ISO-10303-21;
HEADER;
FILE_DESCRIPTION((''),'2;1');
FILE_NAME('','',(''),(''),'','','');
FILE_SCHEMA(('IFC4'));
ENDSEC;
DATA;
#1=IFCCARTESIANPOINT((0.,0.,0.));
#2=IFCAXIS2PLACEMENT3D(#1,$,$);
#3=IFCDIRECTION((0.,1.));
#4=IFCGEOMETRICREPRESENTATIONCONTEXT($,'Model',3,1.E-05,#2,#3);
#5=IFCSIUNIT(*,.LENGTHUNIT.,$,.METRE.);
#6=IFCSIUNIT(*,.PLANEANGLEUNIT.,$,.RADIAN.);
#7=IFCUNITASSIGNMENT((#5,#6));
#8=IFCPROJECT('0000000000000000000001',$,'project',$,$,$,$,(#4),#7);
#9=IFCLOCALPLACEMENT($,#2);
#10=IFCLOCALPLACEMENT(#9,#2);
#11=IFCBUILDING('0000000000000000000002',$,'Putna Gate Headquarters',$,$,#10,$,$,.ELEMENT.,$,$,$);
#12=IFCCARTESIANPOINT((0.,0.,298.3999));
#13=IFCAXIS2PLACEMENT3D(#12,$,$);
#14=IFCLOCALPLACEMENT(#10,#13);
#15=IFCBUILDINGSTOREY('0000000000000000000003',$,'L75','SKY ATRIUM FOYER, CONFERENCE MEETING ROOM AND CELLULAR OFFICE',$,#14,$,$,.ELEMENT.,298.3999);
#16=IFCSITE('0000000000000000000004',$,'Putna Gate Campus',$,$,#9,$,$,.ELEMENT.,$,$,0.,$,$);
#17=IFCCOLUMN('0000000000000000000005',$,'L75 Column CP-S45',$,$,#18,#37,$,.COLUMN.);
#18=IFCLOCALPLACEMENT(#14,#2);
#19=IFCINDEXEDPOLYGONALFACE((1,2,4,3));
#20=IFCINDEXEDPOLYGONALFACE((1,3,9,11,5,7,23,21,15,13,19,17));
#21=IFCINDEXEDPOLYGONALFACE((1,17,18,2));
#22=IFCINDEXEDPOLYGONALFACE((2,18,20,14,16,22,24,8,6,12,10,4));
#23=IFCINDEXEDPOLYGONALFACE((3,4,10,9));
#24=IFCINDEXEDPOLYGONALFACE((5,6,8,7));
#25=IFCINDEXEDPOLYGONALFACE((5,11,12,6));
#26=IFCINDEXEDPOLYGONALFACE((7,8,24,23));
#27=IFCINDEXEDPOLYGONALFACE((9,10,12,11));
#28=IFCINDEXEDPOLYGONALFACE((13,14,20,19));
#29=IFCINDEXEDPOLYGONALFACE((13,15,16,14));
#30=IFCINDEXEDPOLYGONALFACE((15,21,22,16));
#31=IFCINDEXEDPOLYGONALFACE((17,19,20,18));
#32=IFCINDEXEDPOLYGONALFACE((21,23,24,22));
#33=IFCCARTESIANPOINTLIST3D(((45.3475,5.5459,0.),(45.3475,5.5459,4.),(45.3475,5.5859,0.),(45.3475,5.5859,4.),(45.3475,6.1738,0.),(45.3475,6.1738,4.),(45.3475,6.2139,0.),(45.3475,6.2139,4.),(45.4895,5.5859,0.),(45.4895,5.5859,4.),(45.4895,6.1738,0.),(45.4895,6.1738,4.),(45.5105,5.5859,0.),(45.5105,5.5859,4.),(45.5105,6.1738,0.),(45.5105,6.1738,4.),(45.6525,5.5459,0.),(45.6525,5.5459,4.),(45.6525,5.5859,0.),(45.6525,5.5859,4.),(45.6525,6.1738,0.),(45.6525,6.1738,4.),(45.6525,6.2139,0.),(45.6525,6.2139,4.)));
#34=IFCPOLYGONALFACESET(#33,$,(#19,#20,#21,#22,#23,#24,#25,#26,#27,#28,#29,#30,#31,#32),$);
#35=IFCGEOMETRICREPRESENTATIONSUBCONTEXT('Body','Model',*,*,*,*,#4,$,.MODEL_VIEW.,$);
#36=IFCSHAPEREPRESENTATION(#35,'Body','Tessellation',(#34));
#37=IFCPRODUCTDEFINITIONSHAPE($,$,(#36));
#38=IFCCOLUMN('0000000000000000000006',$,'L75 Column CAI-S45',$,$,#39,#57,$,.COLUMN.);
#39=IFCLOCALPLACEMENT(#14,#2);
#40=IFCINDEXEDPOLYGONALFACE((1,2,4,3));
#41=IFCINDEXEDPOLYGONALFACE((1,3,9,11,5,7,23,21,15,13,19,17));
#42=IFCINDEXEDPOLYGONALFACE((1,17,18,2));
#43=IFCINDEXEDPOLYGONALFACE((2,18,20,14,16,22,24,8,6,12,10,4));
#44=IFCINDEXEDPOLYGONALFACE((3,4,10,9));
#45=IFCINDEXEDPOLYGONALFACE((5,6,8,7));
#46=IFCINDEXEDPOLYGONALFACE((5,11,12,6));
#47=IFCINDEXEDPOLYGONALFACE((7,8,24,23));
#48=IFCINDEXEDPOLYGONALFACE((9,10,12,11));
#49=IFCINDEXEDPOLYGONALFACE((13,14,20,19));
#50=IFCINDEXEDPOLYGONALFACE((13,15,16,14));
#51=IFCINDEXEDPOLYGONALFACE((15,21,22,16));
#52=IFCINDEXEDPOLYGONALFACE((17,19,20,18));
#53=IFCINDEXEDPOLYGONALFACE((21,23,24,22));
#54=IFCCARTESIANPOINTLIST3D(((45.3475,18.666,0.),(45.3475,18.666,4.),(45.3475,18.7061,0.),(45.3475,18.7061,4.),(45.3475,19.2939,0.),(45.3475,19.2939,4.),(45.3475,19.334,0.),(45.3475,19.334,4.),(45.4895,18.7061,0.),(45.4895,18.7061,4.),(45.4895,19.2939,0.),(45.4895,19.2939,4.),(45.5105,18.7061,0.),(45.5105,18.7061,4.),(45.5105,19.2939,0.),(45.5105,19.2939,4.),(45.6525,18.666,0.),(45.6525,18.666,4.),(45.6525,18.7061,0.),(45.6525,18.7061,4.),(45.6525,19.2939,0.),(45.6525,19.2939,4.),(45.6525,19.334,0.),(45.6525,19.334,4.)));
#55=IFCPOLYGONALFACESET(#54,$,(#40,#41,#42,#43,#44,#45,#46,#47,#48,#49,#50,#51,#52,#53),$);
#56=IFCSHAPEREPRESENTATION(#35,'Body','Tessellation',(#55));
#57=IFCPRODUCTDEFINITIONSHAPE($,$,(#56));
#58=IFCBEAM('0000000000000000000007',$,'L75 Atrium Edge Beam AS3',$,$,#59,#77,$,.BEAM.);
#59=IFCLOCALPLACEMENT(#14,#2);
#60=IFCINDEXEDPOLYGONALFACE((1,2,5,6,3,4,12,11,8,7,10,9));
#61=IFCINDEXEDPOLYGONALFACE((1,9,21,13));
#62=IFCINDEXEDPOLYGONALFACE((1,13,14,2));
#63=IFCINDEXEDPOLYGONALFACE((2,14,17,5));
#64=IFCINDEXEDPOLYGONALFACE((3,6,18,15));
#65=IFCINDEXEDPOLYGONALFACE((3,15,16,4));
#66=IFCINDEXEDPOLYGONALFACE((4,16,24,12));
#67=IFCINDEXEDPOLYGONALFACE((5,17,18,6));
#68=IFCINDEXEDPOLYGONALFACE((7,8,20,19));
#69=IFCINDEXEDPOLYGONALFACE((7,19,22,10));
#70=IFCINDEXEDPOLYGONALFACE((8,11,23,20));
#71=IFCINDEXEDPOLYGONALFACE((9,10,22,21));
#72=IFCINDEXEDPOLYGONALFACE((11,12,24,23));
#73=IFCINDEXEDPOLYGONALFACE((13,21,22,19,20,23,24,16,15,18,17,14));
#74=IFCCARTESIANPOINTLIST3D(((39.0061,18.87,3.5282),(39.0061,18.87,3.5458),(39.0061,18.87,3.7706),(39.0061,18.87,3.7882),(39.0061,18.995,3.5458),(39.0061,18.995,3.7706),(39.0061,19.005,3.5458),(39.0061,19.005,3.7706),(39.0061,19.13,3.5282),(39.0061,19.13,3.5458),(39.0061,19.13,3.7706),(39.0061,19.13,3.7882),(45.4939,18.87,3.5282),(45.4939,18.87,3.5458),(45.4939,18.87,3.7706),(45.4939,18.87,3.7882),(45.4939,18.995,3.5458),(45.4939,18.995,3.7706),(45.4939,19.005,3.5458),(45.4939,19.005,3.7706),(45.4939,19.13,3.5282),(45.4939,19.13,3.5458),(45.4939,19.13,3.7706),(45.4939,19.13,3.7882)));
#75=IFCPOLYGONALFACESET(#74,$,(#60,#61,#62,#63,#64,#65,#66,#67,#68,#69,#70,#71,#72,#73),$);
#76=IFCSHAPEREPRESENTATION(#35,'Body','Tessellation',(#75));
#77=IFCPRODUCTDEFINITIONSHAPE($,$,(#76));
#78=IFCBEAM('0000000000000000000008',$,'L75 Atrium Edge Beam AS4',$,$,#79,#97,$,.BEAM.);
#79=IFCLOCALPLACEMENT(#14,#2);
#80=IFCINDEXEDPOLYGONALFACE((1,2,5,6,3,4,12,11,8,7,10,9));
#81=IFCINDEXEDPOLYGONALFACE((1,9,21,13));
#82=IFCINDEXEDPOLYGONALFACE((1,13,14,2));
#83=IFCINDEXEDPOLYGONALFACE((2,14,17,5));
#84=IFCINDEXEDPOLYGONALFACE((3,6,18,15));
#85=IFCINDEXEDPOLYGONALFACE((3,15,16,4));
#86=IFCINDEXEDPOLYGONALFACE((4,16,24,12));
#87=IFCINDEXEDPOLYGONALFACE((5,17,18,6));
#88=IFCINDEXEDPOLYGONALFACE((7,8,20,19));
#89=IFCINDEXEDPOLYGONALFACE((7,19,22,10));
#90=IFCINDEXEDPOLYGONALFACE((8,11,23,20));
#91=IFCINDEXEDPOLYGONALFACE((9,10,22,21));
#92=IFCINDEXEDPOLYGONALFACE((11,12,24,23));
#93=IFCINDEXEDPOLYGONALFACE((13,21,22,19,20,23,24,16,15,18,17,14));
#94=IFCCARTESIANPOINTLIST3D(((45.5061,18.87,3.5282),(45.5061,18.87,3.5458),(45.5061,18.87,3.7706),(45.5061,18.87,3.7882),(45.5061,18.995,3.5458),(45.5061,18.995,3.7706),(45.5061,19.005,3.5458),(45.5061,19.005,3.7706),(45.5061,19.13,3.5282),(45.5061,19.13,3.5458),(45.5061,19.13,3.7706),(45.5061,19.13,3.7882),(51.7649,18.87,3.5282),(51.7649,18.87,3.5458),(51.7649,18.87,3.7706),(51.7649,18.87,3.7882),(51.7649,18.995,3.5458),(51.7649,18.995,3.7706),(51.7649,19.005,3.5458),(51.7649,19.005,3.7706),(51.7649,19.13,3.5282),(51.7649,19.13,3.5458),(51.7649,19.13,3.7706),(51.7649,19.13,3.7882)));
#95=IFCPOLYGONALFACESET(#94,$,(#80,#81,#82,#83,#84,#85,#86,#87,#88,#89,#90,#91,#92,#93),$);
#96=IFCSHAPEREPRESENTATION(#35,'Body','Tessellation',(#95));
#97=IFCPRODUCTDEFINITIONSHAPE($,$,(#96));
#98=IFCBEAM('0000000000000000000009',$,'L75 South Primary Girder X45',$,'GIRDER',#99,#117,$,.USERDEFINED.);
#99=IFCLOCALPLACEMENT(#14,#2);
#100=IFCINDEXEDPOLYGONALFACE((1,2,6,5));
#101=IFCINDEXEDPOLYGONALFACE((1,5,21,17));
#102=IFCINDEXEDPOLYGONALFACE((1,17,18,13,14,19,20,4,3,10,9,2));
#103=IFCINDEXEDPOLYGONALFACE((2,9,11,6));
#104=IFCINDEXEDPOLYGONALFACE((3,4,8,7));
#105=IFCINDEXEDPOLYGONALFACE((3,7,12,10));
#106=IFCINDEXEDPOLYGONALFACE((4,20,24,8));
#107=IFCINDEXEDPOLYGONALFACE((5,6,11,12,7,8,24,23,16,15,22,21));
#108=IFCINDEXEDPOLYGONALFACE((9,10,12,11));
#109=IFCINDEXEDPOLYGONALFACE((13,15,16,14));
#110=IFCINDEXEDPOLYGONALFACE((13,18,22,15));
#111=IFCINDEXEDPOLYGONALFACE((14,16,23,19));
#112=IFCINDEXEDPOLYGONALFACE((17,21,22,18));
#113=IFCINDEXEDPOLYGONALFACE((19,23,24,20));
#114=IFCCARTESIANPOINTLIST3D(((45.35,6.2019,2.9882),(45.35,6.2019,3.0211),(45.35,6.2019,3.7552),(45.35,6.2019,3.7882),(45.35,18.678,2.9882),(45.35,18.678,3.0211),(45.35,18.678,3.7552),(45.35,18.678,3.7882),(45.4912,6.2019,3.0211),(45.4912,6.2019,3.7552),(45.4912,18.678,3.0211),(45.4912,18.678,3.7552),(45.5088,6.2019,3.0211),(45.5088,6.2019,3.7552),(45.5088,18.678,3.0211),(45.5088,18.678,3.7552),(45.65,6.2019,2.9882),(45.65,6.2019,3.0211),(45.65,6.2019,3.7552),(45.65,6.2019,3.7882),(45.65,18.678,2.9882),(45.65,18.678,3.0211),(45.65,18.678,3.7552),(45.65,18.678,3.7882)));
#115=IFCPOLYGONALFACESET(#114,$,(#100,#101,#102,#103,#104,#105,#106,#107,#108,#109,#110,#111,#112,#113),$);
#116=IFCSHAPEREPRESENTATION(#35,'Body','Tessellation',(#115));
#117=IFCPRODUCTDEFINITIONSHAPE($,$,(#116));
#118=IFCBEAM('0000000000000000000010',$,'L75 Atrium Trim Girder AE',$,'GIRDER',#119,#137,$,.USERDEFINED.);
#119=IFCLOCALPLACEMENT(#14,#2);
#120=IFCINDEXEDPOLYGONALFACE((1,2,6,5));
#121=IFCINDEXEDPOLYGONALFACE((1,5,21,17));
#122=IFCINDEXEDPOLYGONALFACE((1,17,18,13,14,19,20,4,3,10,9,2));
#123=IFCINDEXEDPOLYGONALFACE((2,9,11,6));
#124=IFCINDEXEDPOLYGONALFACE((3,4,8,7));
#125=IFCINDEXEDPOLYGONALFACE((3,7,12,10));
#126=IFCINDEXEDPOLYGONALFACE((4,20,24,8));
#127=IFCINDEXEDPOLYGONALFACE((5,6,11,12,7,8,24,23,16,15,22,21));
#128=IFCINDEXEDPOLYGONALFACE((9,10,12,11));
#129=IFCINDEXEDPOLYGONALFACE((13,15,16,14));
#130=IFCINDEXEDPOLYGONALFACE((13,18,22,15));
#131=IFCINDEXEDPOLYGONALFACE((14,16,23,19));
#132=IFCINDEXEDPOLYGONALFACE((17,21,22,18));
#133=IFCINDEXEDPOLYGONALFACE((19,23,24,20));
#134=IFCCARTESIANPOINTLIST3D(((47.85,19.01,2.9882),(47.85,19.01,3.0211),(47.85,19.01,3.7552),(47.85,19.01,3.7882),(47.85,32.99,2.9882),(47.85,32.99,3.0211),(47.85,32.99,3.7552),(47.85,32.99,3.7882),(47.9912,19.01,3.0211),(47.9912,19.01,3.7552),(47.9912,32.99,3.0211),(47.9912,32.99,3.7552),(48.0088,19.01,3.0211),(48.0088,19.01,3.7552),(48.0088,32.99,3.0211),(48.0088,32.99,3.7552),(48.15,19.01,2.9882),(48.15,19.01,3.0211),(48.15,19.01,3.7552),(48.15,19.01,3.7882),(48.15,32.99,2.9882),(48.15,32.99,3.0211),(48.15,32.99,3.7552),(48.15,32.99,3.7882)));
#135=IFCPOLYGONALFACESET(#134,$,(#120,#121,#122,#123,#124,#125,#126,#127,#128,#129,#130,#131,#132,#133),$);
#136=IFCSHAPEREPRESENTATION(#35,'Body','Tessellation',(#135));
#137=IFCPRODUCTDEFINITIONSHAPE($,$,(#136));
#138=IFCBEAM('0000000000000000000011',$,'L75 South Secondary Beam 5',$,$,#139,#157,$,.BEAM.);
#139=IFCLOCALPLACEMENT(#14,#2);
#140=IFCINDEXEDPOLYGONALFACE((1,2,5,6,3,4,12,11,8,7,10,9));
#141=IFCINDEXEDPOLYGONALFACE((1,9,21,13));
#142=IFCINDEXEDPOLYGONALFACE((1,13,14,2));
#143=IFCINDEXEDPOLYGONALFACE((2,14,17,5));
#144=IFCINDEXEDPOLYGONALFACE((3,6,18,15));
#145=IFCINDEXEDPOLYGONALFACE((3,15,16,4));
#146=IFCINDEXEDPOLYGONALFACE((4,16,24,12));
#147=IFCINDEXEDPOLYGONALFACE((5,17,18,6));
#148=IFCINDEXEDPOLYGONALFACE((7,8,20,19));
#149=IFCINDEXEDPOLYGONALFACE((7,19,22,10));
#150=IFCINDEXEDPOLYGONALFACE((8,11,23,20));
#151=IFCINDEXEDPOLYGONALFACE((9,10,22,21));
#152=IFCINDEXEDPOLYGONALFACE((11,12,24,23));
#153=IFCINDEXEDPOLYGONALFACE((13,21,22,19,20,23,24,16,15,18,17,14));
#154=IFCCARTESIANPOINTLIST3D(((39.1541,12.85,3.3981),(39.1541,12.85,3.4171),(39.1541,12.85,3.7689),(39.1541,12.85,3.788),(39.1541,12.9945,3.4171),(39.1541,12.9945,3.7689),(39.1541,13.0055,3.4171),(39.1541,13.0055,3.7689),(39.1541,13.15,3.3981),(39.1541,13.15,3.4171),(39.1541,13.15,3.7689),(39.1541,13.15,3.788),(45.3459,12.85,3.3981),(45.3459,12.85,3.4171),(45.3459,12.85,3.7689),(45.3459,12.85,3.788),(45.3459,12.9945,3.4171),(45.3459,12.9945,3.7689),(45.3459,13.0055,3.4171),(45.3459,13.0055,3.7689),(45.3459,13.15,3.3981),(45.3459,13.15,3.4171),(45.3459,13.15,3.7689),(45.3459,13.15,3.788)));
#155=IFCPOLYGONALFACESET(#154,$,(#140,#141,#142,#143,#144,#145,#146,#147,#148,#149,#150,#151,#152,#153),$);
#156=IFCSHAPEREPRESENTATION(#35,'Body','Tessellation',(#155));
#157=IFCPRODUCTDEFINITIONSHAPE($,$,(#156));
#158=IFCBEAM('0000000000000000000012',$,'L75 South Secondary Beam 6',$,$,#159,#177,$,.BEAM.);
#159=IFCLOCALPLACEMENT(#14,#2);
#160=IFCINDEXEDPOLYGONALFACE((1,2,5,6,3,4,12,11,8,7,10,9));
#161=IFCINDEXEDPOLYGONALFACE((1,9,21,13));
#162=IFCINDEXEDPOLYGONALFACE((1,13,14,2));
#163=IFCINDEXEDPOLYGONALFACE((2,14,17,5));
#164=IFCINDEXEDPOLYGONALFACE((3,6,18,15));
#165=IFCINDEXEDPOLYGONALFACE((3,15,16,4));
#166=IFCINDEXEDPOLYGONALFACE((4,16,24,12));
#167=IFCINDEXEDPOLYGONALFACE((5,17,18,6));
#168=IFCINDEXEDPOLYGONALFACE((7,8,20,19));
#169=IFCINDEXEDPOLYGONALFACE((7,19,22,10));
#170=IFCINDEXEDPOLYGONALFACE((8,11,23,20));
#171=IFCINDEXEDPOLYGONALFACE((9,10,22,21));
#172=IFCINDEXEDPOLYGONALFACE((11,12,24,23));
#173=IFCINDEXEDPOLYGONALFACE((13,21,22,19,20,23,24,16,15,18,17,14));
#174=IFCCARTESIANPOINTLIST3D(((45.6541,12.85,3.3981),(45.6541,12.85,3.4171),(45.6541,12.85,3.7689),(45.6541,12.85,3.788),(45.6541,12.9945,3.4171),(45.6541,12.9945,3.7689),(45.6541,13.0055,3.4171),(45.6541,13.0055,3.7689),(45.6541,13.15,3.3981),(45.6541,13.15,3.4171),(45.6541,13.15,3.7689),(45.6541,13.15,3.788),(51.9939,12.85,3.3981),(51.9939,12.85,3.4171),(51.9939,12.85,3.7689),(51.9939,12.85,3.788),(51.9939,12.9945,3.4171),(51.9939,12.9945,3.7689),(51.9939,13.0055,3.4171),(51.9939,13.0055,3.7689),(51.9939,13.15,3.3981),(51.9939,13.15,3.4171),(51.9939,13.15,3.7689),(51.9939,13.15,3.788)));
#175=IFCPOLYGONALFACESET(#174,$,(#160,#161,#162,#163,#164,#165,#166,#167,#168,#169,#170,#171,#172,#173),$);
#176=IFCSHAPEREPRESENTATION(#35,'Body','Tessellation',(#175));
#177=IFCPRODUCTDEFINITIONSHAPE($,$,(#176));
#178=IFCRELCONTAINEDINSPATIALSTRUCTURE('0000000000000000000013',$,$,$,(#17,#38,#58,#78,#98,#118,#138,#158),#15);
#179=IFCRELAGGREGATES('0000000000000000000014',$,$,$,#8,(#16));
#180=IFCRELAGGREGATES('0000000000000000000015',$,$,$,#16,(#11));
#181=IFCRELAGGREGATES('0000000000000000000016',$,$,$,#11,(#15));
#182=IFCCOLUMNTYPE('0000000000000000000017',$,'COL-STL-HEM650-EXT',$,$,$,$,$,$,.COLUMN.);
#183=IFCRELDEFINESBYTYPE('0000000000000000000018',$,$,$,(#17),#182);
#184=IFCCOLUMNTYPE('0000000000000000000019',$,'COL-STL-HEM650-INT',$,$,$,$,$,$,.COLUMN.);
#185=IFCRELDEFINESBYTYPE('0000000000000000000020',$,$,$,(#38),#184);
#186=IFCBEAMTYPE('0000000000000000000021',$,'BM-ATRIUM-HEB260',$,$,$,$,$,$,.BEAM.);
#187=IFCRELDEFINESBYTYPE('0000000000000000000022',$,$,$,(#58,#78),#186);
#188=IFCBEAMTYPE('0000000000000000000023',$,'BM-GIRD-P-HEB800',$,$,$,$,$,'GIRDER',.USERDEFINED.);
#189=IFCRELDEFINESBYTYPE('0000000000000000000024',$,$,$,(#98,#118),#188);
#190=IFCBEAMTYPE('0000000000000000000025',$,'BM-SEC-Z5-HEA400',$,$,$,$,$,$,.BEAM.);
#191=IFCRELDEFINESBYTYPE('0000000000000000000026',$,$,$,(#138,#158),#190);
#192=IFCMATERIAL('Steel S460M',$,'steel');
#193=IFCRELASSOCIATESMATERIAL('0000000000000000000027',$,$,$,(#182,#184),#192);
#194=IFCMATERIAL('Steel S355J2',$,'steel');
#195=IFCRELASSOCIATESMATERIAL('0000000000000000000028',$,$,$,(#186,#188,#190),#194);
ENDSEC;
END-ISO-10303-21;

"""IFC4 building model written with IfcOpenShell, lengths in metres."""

from ifc_helpers import new_model, si_unit, direction, frame, origin, origin_2d, place, context, subcontext, project, spatial, i_section, extrude, material, material_profile, profile_set, type_object, element, save


model = new_model("IFC4")

# Units and contexts
model_context = context("Model", 3, precision=1e-05, world=origin(), true_north=direction((0.0, 1.0)))
body_context = subcontext(model_context, "Body", "Model", "MODEL_VIEW")
ifc_project = project(units=[si_unit("LENGTHUNIT", "METRE"), si_unit("PLANEANGLEUNIT", "RADIAN")], contexts=[model_context])

# Site, building, storey
site_placement = place(None, origin())
site = spatial("IfcSite", under=ifc_project, at=site_placement, Name="Putna Gate Campus", CompositionType="ELEMENT", RefElevation=0.0)
building_placement = place(site_placement, origin())
building = spatial("IfcBuilding", under=site, at=building_placement, Name="Putna Gate Headquarters", CompositionType="ELEMENT")
storey_placement = place(building_placement, frame((0.0, 0.0, 298.3999)))
storey = spatial("IfcBuildingStorey", under=building, at=storey_placement, Name="L75", Description="SKY ATRIUM FOYER, CONFERENCE MEETING ROOM AND CELLULAR OFFICE", CompositionType="ELEMENT", Elevation=298.3999)

# Columns
ifc_material_1 = material(Name="Steel S460M", Category="steel")
ifc_material_profile_1 = material_profile(ifc_material_1, i_section(OverallWidth=0.3049, OverallDepth=0.668, WebThickness=0.021, FlangeThickness=0.04, at=origin_2d()), Name="Steel S460M")
ifc_profile_set_1 = profile_set([ifc_material_profile_1], Name="Steel S460M")
column_type_1 = type_object("IfcColumnType", Name="COL-STL-HEM650-EXT", PredefinedType="COLUMN", material=ifc_profile_set_1)
column_1_placement = place(storey_placement, frame((45.5, 5.8799, 0.0), z_axis=(0.0, 0.0, 1.0), x_axis=(1.0, 0.0, 0.0)))
element("IfcColumn", 1, at=column_1_placement, inside=storey, type_object=column_type_1, Name="L75 Column CP-S45", PredefinedType="COLUMN", context=body_context, shape_type="SweptSolid", body=[
    extrude(i_section(OverallWidth=0.3049, OverallDepth=0.668, WebThickness=0.021, FlangeThickness=0.04, at=origin_2d()), origin(), (0.0, 0.0, 1.0), 4.0),
])
ifc_material_profile_2 = material_profile(ifc_material_1, i_section(OverallWidth=0.3049, OverallDepth=0.668, WebThickness=0.021, FlangeThickness=0.04, at=origin_2d()), Name="Steel S460M")
ifc_profile_set_2 = profile_set([ifc_material_profile_2], Name="Steel S460M")
column_type_2 = type_object("IfcColumnType", Name="COL-STL-HEM650-INT", PredefinedType="COLUMN", material=ifc_profile_set_2)
column_2_placement = place(storey_placement, frame((45.5, 19.0, 0.0), z_axis=(0.0, 0.0, 1.0), x_axis=(1.0, 0.0, 0.0)))
element("IfcColumn", 2, at=column_2_placement, inside=storey, type_object=column_type_2, Name="L75 Column CAI-S45", PredefinedType="COLUMN", context=body_context, shape_type="SweptSolid", body=[
    extrude(i_section(OverallWidth=0.3049, OverallDepth=0.668, WebThickness=0.021, FlangeThickness=0.04, at=origin_2d()), origin(), (0.0, 0.0, 1.0), 4.0),
])

# Beams
ifc_material_2 = material(Name="Steel S355J2", Category="steel")
ifc_material_profile_3 = material_profile(ifc_material_2, i_section(OverallWidth=0.26, OverallDepth=0.26, WebThickness=0.01, FlangeThickness=0.0176, at=origin_2d()), Name="Steel S355J2")
ifc_profile_set_3 = profile_set([ifc_material_profile_3], Name="Steel S355J2")
beam_type_1 = type_object("IfcBeamType", Name="BM-ATRIUM-HEB260", PredefinedType="BEAM", material=ifc_profile_set_3)
beam_1_placement = place(storey_placement, frame((39.0061, 19.0, 3.6582), z_axis=(1.0, 0.0, 0.0), x_axis=(0.0, 1.0, 0.0)))
element("IfcBeam", 3, at=beam_1_placement, inside=storey, type_object=beam_type_1, Name="L75 Atrium Edge Beam AS3", PredefinedType="BEAM", context=body_context, shape_type="SweptSolid", body=[
    extrude(i_section(OverallWidth=0.26, OverallDepth=0.26, WebThickness=0.01, FlangeThickness=0.0176, at=origin_2d()), origin(), (0.0, 0.0, 1.0), 6.4878),
])
beam_2_placement = place(storey_placement, frame((45.5061, 19.0, 3.6582), z_axis=(1.0, 0.0, 0.0), x_axis=(0.0, 1.0, 0.0)))
element("IfcBeam", 4, at=beam_2_placement, inside=storey, type_object=beam_type_1, Name="L75 Atrium Edge Beam AS4", PredefinedType="BEAM", context=body_context, shape_type="SweptSolid", body=[
    extrude(i_section(OverallWidth=0.26, OverallDepth=0.26, WebThickness=0.01, FlangeThickness=0.0176, at=origin_2d()), origin(), (0.0, 0.0, 1.0), 6.2588),
])
ifc_material_profile_4 = material_profile(ifc_material_2, i_section(OverallWidth=0.3, OverallDepth=0.8, WebThickness=0.0176, FlangeThickness=0.033, at=origin_2d()), Name="Steel S355J2")
ifc_profile_set_4 = profile_set([ifc_material_profile_4], Name="Steel S355J2")
beam_type_2 = type_object("IfcBeamType", Name="BM-GIRD-P-HEB800", ElementType="GIRDER", PredefinedType="USERDEFINED", material=ifc_profile_set_4)
beam_3_placement = place(storey_placement, frame((45.5, 6.2019, 3.3882), z_axis=(0.0, 1.0, 0.0), x_axis=(-1.0, 0.0, 0.0)))
element("IfcBeam", 5, at=beam_3_placement, inside=storey, type_object=beam_type_2, Name="L75 South Primary Girder X45", ObjectType="GIRDER", PredefinedType="USERDEFINED", context=body_context, shape_type="SweptSolid", body=[
    extrude(i_section(OverallWidth=0.3, OverallDepth=0.8, WebThickness=0.0176, FlangeThickness=0.033, at=origin_2d()), origin(), (0.0, 0.0, 1.0), 12.4761),
])
beam_4_placement = place(storey_placement, frame((48.0, 19.01, 3.3882), z_axis=(0.0, 1.0, 0.0), x_axis=(-1.0, 0.0, 0.0)))
element("IfcBeam", 6, at=beam_4_placement, inside=storey, type_object=beam_type_2, Name="L75 Atrium Trim Girder AE", ObjectType="GIRDER", PredefinedType="USERDEFINED", context=body_context, shape_type="SweptSolid", body=[
    extrude(i_section(OverallWidth=0.3, OverallDepth=0.8, WebThickness=0.0176, FlangeThickness=0.033, at=origin_2d()), origin(), (0.0, 0.0, 1.0), 13.98),
])
ifc_material_profile_5 = material_profile(ifc_material_2, i_section(OverallWidth=0.3, OverallDepth=0.3899, WebThickness=0.011, FlangeThickness=0.019, at=origin_2d()), Name="Steel S355J2")
ifc_profile_set_5 = profile_set([ifc_material_profile_5], Name="Steel S355J2")
beam_type_3 = type_object("IfcBeamType", Name="BM-SEC-Z5-HEA400", PredefinedType="BEAM", material=ifc_profile_set_5)
beam_5_placement = place(storey_placement, frame((39.1541, 13.0, 3.593), z_axis=(1.0, 0.0, 0.0), x_axis=(0.0, 1.0, 0.0)))
element("IfcBeam", 7, at=beam_5_placement, inside=storey, type_object=beam_type_3, Name="L75 South Secondary Beam 5", PredefinedType="BEAM", context=body_context, shape_type="SweptSolid", body=[
    extrude(i_section(OverallWidth=0.3, OverallDepth=0.3899, WebThickness=0.011, FlangeThickness=0.019, at=origin_2d()), origin(), (0.0, 0.0, 1.0), 6.1919),
])
beam_6_placement = place(storey_placement, frame((45.6541, 13.0, 3.593), z_axis=(1.0, 0.0, 0.0), x_axis=(0.0, 1.0, 0.0)))
element("IfcBeam", 8, at=beam_6_placement, inside=storey, type_object=beam_type_3, Name="L75 South Secondary Beam 6", PredefinedType="BEAM", context=body_context, shape_type="SweptSolid", body=[
    extrude(i_section(OverallWidth=0.3, OverallDepth=0.3899, WebThickness=0.011, FlangeThickness=0.019, at=origin_2d()), origin(), (0.0, 0.0, 1.0), 6.3398),
])

save(model, "model.ifc")
